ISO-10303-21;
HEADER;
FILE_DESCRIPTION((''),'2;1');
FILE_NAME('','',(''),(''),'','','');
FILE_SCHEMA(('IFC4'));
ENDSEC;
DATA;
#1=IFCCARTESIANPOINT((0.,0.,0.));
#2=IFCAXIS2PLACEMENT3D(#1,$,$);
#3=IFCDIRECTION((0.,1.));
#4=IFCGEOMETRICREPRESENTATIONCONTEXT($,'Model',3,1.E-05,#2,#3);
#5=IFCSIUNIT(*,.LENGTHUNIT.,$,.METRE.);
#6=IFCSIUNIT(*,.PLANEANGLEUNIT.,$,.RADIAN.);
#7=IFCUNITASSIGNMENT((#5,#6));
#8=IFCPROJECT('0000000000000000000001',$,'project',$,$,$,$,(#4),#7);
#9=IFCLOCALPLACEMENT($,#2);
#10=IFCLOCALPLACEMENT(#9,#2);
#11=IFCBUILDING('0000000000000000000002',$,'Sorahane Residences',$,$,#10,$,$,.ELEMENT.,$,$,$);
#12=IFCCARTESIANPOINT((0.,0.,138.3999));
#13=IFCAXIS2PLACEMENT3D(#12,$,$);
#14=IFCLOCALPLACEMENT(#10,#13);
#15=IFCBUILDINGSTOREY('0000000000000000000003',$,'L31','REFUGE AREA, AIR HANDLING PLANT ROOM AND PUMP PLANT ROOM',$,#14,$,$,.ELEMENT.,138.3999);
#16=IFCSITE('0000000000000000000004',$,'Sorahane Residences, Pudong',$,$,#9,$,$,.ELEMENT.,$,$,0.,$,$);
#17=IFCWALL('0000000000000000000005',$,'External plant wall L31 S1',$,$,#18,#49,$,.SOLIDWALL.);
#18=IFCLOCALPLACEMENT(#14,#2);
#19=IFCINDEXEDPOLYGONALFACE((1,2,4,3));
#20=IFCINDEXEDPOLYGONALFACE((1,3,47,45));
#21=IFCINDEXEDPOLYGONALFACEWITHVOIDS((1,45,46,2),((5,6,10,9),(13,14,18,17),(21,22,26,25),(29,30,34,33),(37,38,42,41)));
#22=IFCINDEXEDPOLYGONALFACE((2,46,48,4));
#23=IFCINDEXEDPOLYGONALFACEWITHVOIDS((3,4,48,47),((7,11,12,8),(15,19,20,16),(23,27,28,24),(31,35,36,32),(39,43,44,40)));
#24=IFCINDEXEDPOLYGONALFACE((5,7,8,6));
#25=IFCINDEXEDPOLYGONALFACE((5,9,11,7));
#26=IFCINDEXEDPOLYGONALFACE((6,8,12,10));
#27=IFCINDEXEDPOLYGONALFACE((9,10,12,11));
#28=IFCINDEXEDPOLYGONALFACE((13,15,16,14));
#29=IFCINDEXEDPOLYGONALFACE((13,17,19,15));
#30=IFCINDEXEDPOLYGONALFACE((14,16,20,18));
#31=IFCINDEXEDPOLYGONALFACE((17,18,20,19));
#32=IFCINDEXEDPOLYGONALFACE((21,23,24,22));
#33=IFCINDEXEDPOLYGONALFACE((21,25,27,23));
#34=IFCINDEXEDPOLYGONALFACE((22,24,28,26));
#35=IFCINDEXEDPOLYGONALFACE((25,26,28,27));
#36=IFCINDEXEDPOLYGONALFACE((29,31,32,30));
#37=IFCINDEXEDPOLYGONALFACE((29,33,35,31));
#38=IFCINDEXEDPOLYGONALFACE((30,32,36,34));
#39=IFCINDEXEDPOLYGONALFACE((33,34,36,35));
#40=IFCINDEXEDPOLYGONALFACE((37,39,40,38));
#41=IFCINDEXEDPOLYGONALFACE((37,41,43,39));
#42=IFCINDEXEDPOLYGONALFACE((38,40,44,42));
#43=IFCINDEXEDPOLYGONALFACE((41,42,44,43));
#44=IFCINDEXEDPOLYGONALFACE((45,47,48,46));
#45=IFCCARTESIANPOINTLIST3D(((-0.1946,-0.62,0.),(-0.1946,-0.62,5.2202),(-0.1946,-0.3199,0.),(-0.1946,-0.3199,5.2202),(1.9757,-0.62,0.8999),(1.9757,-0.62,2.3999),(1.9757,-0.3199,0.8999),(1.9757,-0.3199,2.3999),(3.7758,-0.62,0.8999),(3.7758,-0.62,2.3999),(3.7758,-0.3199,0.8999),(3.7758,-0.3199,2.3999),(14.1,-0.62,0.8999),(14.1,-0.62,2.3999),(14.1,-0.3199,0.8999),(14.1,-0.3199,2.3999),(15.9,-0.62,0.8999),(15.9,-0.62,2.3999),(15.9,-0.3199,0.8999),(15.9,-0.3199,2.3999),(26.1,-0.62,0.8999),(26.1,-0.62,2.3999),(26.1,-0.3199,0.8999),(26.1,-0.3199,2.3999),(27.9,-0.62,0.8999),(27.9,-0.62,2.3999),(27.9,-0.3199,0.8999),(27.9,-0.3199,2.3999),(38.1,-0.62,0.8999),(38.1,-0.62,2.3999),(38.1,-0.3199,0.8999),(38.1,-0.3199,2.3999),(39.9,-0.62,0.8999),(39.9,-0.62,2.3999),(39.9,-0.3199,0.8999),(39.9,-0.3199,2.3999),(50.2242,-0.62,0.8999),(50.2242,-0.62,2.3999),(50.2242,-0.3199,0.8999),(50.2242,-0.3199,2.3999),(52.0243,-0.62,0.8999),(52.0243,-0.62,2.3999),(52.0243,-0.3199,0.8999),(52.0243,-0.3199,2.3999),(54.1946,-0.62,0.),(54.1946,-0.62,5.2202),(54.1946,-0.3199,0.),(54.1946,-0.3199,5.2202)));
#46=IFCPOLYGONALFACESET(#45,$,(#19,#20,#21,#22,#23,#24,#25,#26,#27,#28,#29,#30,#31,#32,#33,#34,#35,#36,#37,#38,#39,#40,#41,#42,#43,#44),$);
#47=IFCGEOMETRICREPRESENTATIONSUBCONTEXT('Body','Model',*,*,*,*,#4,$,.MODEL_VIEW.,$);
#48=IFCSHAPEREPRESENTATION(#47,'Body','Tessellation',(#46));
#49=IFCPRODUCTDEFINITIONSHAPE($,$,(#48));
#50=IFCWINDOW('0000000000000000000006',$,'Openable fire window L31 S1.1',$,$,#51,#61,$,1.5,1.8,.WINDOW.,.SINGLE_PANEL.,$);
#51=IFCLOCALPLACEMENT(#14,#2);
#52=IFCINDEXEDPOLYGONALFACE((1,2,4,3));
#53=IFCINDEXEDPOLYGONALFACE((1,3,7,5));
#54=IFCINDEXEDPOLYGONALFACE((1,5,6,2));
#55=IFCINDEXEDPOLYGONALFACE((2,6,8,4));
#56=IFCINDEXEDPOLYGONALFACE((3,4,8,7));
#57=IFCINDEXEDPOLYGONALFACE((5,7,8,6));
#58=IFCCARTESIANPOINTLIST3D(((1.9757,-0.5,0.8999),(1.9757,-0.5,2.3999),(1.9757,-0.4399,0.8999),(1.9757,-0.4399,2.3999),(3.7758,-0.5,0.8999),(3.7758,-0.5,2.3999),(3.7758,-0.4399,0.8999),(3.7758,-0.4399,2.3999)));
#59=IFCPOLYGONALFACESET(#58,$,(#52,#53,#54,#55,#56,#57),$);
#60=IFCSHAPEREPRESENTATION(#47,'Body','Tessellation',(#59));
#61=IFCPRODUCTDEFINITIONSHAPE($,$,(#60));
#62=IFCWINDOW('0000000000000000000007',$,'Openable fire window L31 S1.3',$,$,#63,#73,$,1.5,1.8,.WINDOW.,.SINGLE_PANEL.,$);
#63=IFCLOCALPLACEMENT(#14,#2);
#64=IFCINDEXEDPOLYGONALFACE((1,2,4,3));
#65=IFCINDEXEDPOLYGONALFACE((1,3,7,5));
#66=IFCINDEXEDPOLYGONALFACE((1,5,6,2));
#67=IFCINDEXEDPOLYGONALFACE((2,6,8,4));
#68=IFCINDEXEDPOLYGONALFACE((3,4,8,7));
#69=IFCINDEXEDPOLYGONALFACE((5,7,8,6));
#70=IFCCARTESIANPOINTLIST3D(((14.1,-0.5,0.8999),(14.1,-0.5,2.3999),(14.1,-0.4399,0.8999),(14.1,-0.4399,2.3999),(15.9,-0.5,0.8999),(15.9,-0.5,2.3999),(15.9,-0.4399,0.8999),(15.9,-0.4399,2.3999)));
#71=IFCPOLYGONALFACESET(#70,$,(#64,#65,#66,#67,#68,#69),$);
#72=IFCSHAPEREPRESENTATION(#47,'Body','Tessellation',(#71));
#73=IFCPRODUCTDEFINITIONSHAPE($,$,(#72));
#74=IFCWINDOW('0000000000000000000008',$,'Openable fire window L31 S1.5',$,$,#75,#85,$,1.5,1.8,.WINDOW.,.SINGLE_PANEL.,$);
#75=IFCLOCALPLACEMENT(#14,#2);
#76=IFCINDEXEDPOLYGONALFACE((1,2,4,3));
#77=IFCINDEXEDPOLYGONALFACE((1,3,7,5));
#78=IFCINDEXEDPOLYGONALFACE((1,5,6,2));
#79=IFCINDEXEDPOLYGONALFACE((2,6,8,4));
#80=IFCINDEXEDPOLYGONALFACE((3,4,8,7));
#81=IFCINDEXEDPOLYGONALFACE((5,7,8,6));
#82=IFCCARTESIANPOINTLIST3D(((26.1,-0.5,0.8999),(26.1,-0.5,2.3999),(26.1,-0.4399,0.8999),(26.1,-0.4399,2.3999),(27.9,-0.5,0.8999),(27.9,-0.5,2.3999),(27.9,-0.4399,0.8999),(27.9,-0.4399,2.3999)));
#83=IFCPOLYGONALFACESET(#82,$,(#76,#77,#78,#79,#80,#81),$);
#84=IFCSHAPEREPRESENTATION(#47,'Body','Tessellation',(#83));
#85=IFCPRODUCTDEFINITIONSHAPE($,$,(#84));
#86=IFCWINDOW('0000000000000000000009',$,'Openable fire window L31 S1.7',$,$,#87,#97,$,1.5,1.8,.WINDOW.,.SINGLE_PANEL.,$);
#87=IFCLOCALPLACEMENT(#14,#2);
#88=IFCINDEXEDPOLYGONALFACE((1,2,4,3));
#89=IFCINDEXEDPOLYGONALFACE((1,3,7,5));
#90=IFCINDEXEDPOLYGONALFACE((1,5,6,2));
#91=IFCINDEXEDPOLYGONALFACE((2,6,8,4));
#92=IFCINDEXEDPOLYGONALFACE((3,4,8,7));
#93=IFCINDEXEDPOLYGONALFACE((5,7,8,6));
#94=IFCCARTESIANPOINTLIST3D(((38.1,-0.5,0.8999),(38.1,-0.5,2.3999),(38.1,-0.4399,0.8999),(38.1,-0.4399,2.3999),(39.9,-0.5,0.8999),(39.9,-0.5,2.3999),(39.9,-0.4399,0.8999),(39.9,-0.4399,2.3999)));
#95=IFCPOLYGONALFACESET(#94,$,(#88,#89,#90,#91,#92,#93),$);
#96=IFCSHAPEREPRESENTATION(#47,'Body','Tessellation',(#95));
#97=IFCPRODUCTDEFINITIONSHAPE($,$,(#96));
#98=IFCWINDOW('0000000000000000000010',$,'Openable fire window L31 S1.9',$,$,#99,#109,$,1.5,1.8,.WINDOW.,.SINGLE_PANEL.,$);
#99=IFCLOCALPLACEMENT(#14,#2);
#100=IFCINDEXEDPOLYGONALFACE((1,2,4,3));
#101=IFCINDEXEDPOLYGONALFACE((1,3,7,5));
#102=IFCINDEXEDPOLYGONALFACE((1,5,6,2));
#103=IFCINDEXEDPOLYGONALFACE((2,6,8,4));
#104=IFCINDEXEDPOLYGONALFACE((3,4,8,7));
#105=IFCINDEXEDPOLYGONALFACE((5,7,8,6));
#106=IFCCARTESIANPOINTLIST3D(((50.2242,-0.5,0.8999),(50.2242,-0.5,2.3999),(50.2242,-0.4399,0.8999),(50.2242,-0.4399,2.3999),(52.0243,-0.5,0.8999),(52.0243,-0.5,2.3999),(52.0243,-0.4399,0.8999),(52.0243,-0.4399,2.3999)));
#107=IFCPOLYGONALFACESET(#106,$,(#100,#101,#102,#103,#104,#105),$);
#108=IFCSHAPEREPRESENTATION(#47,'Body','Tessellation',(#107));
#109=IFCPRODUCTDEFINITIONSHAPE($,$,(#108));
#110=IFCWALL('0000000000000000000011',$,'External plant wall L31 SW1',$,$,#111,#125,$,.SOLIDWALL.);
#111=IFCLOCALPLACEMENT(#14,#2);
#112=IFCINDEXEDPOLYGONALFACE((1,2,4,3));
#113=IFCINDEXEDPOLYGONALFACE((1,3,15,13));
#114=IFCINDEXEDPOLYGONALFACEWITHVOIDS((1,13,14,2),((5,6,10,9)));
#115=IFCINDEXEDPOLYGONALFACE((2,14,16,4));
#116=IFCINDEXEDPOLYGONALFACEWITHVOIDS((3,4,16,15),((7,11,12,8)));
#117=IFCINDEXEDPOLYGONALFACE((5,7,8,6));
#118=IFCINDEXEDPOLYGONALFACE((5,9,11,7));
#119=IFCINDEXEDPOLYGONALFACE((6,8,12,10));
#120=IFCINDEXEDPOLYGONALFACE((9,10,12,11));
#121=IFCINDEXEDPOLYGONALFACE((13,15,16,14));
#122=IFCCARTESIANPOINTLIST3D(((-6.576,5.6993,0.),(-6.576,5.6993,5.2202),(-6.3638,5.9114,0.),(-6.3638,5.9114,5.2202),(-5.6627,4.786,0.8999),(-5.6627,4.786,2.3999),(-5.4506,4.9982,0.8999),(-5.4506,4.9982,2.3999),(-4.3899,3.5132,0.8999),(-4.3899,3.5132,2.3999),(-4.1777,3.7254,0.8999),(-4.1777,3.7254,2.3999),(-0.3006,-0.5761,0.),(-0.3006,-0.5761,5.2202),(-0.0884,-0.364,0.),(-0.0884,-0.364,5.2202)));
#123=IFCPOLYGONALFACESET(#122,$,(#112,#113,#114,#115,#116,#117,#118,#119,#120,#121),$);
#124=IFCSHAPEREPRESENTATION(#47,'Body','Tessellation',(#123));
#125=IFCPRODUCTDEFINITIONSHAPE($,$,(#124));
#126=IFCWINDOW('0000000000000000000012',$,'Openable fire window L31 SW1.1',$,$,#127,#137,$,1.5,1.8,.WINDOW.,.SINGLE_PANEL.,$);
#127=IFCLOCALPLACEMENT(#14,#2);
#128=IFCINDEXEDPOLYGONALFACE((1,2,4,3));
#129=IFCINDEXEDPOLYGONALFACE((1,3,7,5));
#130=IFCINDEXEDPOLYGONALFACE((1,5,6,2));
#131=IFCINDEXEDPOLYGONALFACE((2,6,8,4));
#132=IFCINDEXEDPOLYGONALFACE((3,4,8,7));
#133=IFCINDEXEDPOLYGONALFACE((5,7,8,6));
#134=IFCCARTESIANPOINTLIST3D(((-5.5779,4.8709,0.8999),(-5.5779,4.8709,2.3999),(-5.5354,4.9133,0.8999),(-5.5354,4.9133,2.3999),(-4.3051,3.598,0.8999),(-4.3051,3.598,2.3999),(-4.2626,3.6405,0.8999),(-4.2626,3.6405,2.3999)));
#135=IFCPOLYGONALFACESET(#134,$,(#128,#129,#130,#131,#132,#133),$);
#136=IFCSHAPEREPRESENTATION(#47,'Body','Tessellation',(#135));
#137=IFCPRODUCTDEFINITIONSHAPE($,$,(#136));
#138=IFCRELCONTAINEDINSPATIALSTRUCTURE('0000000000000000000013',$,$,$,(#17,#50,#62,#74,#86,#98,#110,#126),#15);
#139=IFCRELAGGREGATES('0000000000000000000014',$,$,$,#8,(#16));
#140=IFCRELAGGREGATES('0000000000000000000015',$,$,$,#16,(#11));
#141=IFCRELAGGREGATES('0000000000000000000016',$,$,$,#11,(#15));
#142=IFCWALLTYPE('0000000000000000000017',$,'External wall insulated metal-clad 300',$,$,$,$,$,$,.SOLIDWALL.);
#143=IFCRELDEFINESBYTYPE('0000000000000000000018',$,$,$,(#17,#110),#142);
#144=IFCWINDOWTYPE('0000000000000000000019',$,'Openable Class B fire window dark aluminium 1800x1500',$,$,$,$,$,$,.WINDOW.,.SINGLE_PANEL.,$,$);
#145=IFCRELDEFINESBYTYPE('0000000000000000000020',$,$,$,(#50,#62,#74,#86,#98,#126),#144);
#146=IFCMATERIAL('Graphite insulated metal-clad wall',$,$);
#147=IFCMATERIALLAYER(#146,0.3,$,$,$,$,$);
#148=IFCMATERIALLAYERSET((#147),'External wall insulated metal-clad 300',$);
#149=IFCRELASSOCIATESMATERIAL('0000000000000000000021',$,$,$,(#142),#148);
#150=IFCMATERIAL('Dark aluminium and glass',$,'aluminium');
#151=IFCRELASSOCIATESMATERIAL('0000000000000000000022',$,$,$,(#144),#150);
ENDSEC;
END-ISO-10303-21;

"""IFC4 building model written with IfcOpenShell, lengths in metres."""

from ifc_helpers import new_model, si_unit, direction, frame, frame_2d, origin, place, context, subcontext, project, spatial, rectangle, extrude, material, layer, layer_set, type_object, element, fill, save


model = new_model("IFC4")

# Units and contexts
model_context = context("Model", 3, precision=1e-05, world=origin(), true_north=direction((0.0, 1.0)))
body_context = subcontext(model_context, "Body", "Model", "MODEL_VIEW")
ifc_project = project(units=[si_unit("LENGTHUNIT", "METRE"), si_unit("PLANEANGLEUNIT", "RADIAN")], contexts=[model_context])

# Site, building, storey
site_placement = place(None, origin())
site = spatial("IfcSite", under=ifc_project, at=site_placement, Name="Sorahane Residences, Pudong", CompositionType="ELEMENT", RefElevation=0.0)
building_placement = place(site_placement, origin())
building = spatial("IfcBuilding", under=site, at=building_placement, Name="Sorahane Residences", CompositionType="ELEMENT")
storey_placement = place(building_placement, frame((0.0, 0.0, 138.3999)))
storey = spatial("IfcBuildingStorey", under=building, at=storey_placement, Name="L31", Description="REFUGE AREA, AIR HANDLING PLANT ROOM AND PUMP PLANT ROOM", CompositionType="ELEMENT", Elevation=138.3999)

# Wall, openings, windows
ifc_material_1 = material(Name="Graphite insulated metal-clad wall")
ifc_layer_1 = layer(ifc_material_1, 0.3)
ifc_layer_set_1 = layer_set([ifc_layer_1], Name="External wall insulated metal-clad 300")
wall_type = type_object("IfcWallType", Name="External wall insulated metal-clad 300", PredefinedType="SOLIDWALL", material=ifc_layer_set_1)
wall_1_placement = place(storey_placement, frame((-0.1946, -0.47, 0.0), z_axis=(0.0, 0.0, 1.0), x_axis=(1.0, 0.0, 0.0)))
wall_1 = element("IfcWall", 1, at=wall_1_placement, inside=storey, type_object=wall_type, Name="External plant wall L31 S1", PredefinedType="SOLIDWALL", context=body_context, shape_type="SweptSolid", body=[
    extrude(rectangle(XDim=54.3892, YDim=0.3, at=frame_2d((27.1946, 0.0))), origin(), (0.0, 0.0, 1.0), 5.2202),
])
opening_1_placement = place(wall_1_placement, frame((2.1704, 0.0, 0.8999)))
opening_1 = element("IfcOpeningElement", 2, at=opening_1_placement, cuts=wall_1, PredefinedType="OPENING", context=body_context, shape_type="SweptSolid", body=[
    extrude(rectangle(XDim=1.8, YDim=1.5, at=frame_2d((0.8999, 0.75))), frame((0.0, 0.1599, 0.0), z_axis=(0.0, -1.0, 0.0), x_axis=(1.0, 0.0, 0.0)), (0.0, 0.0, 1.0), 0.3201),
])
opening_2_placement = place(wall_1_placement, frame((14.2947, 0.0, 0.8999)))
opening_2 = element("IfcOpeningElement", 3, at=opening_2_placement, cuts=wall_1, PredefinedType="OPENING", context=body_context, shape_type="SweptSolid", body=[
    extrude(rectangle(XDim=1.8, YDim=1.5, at=frame_2d((0.8999, 0.75))), frame((0.0, 0.1599, 0.0), z_axis=(0.0, -1.0, 0.0), x_axis=(1.0, 0.0, 0.0)), (0.0, 0.0, 1.0), 0.3201),
])
opening_3_placement = place(wall_1_placement, frame((26.2947, 0.0, 0.8999)))
opening_3 = element("IfcOpeningElement", 4, at=opening_3_placement, cuts=wall_1, PredefinedType="OPENING", context=body_context, shape_type="SweptSolid", body=[
    extrude(rectangle(XDim=1.8, YDim=1.5, at=frame_2d((0.8999, 0.75))), frame((0.0, 0.1599, 0.0), z_axis=(0.0, -1.0, 0.0), x_axis=(1.0, 0.0, 0.0)), (0.0, 0.0, 1.0), 0.3201),
])
opening_4_placement = place(wall_1_placement, frame((38.2947, 0.0, 0.8999)))
opening_4 = element("IfcOpeningElement", 5, at=opening_4_placement, cuts=wall_1, PredefinedType="OPENING", context=body_context, shape_type="SweptSolid", body=[
    extrude(rectangle(XDim=1.8, YDim=1.5, at=frame_2d((0.8999, 0.75))), frame((0.0, 0.1599, 0.0), z_axis=(0.0, -1.0, 0.0), x_axis=(1.0, 0.0, 0.0)), (0.0, 0.0, 1.0), 0.3201),
])
opening_5_placement = place(wall_1_placement, frame((50.4189, 0.0, 0.8999)))
opening_5 = element("IfcOpeningElement", 6, at=opening_5_placement, cuts=wall_1, PredefinedType="OPENING", context=body_context, shape_type="SweptSolid", body=[
    extrude(rectangle(XDim=1.8, YDim=1.5, at=frame_2d((0.8999, 0.75))), frame((0.0, 0.1599, 0.0), z_axis=(0.0, -1.0, 0.0), x_axis=(1.0, 0.0, 0.0)), (0.0, 0.0, 1.0), 0.3201),
])
ifc_material_2 = material(Name="Dark aluminium and glass", Category="aluminium")
window_type = type_object("IfcWindowType", Name="Openable Class B fire window dark aluminium 1800x1500", PartitioningType="SINGLE_PANEL", PredefinedType="WINDOW", material=ifc_material_2)
window_1_placement = place(opening_1_placement, origin())
window_1 = element("IfcWindow", 7, at=window_1_placement, inside=storey, type_object=window_type, Name="Openable fire window L31 S1.1", OverallHeight=1.5, OverallWidth=1.8, PartitioningType="SINGLE_PANEL", PredefinedType="WINDOW", context=body_context, shape_type="SweptSolid", body=[
    extrude(rectangle(XDim=1.8, YDim=1.5, at=frame_2d((0.8999, 0.75))), frame((0.0, 0.03, 0.0), z_axis=(0.0, -1.0, 0.0), x_axis=(1.0, 0.0, 0.0)), (0.0, 0.0, 1.0), 0.0601),
])
fill(opening_1, window_1)
window_2_placement = place(opening_2_placement, origin())
window_2 = element("IfcWindow", 8, at=window_2_placement, inside=storey, type_object=window_type, Name="Openable fire window L31 S1.3", OverallHeight=1.5, OverallWidth=1.8, PartitioningType="SINGLE_PANEL", PredefinedType="WINDOW", context=body_context, shape_type="SweptSolid", body=[
    extrude(rectangle(XDim=1.8, YDim=1.5, at=frame_2d((0.8999, 0.75))), frame((0.0, 0.03, 0.0), z_axis=(0.0, -1.0, 0.0), x_axis=(1.0, 0.0, 0.0)), (0.0, 0.0, 1.0), 0.0601),
])
fill(opening_2, window_2)
window_3_placement = place(opening_3_placement, origin())
window_3 = element("IfcWindow", 9, at=window_3_placement, inside=storey, type_object=window_type, Name="Openable fire window L31 S1.5", OverallHeight=1.5, OverallWidth=1.8, PartitioningType="SINGLE_PANEL", PredefinedType="WINDOW", context=body_context, shape_type="SweptSolid", body=[
    extrude(rectangle(XDim=1.8, YDim=1.5, at=frame_2d((0.8999, 0.75))), frame((0.0, 0.03, 0.0), z_axis=(0.0, -1.0, 0.0), x_axis=(1.0, 0.0, 0.0)), (0.0, 0.0, 1.0), 0.0601),
])
fill(opening_3, window_3)
window_4_placement = place(opening_4_placement, origin())
window_4 = element("IfcWindow", 10, at=window_4_placement, inside=storey, type_object=window_type, Name="Openable fire window L31 S1.7", OverallHeight=1.5, OverallWidth=1.8, PartitioningType="SINGLE_PANEL", PredefinedType="WINDOW", context=body_context, shape_type="SweptSolid", body=[
    extrude(rectangle(XDim=1.8, YDim=1.5, at=frame_2d((0.8999, 0.75))), frame((0.0, 0.03, 0.0), z_axis=(0.0, -1.0, 0.0), x_axis=(1.0, 0.0, 0.0)), (0.0, 0.0, 1.0), 0.0601),
])
fill(opening_4, window_4)
window_5_placement = place(opening_5_placement, origin())
window_5 = element("IfcWindow", 11, at=window_5_placement, inside=storey, type_object=window_type, Name="Openable fire window L31 S1.9", OverallHeight=1.5, OverallWidth=1.8, PartitioningType="SINGLE_PANEL", PredefinedType="WINDOW", context=body_context, shape_type="SweptSolid", body=[
    extrude(rectangle(XDim=1.8, YDim=1.5, at=frame_2d((0.8999, 0.75))), frame((0.0, 0.03, 0.0), z_axis=(0.0, -1.0, 0.0), x_axis=(1.0, 0.0, 0.0)), (0.0, 0.0, 1.0), 0.0601),
])
fill(opening_5, window_5)

# Wall, opening, window
wall_2_placement = place(storey_placement, frame((-6.47, 5.8054, 0.0), z_axis=(0.0, 0.0, 1.0), x_axis=(0.707107, -0.707107, 0.0)))
wall_2 = element("IfcWall", 12, at=wall_2_placement, inside=storey, type_object=wall_type, Name="External plant wall L31 SW1", PredefinedType="SOLIDWALL", context=body_context, shape_type="SweptSolid", body=[
    extrude(rectangle(XDim=8.8748, YDim=0.3, at=frame_2d((4.4375, 0.0))), origin(), (0.0, 0.0, 1.0), 5.2202),
])
opening_6_placement = place(wall_2_placement, frame((1.2917, 0.0, 0.8999)))
opening_6 = element("IfcOpeningElement", 13, at=opening_6_placement, cuts=wall_2, PredefinedType="OPENING", context=body_context, shape_type="SweptSolid", body=[
    extrude(rectangle(XDim=1.8, YDim=1.5, at=frame_2d((0.8999, 0.75))), frame((0.0, 0.1599, 0.0), z_axis=(0.0, -1.0, 0.0), x_axis=(1.0, 0.0, 0.0)), (0.0, 0.0, 1.0), 0.3201),
])
window_6_placement = place(opening_6_placement, origin())
window_6 = element("IfcWindow", 14, at=window_6_placement, inside=storey, type_object=window_type, Name="Openable fire window L31 SW1.1", OverallHeight=1.5, OverallWidth=1.8, PartitioningType="SINGLE_PANEL", PredefinedType="WINDOW", context=body_context, shape_type="SweptSolid", body=[
    extrude(rectangle(XDim=1.8, YDim=1.5, at=frame_2d((0.8999, 0.75))), frame((0.0, 0.03, 0.0), z_axis=(0.0, -1.0, 0.0), x_axis=(1.0, 0.0, 0.0)), (0.0, 0.0, 1.0), 0.0601),
])
fill(opening_6, window_6)

save(model, "model.ifc")
